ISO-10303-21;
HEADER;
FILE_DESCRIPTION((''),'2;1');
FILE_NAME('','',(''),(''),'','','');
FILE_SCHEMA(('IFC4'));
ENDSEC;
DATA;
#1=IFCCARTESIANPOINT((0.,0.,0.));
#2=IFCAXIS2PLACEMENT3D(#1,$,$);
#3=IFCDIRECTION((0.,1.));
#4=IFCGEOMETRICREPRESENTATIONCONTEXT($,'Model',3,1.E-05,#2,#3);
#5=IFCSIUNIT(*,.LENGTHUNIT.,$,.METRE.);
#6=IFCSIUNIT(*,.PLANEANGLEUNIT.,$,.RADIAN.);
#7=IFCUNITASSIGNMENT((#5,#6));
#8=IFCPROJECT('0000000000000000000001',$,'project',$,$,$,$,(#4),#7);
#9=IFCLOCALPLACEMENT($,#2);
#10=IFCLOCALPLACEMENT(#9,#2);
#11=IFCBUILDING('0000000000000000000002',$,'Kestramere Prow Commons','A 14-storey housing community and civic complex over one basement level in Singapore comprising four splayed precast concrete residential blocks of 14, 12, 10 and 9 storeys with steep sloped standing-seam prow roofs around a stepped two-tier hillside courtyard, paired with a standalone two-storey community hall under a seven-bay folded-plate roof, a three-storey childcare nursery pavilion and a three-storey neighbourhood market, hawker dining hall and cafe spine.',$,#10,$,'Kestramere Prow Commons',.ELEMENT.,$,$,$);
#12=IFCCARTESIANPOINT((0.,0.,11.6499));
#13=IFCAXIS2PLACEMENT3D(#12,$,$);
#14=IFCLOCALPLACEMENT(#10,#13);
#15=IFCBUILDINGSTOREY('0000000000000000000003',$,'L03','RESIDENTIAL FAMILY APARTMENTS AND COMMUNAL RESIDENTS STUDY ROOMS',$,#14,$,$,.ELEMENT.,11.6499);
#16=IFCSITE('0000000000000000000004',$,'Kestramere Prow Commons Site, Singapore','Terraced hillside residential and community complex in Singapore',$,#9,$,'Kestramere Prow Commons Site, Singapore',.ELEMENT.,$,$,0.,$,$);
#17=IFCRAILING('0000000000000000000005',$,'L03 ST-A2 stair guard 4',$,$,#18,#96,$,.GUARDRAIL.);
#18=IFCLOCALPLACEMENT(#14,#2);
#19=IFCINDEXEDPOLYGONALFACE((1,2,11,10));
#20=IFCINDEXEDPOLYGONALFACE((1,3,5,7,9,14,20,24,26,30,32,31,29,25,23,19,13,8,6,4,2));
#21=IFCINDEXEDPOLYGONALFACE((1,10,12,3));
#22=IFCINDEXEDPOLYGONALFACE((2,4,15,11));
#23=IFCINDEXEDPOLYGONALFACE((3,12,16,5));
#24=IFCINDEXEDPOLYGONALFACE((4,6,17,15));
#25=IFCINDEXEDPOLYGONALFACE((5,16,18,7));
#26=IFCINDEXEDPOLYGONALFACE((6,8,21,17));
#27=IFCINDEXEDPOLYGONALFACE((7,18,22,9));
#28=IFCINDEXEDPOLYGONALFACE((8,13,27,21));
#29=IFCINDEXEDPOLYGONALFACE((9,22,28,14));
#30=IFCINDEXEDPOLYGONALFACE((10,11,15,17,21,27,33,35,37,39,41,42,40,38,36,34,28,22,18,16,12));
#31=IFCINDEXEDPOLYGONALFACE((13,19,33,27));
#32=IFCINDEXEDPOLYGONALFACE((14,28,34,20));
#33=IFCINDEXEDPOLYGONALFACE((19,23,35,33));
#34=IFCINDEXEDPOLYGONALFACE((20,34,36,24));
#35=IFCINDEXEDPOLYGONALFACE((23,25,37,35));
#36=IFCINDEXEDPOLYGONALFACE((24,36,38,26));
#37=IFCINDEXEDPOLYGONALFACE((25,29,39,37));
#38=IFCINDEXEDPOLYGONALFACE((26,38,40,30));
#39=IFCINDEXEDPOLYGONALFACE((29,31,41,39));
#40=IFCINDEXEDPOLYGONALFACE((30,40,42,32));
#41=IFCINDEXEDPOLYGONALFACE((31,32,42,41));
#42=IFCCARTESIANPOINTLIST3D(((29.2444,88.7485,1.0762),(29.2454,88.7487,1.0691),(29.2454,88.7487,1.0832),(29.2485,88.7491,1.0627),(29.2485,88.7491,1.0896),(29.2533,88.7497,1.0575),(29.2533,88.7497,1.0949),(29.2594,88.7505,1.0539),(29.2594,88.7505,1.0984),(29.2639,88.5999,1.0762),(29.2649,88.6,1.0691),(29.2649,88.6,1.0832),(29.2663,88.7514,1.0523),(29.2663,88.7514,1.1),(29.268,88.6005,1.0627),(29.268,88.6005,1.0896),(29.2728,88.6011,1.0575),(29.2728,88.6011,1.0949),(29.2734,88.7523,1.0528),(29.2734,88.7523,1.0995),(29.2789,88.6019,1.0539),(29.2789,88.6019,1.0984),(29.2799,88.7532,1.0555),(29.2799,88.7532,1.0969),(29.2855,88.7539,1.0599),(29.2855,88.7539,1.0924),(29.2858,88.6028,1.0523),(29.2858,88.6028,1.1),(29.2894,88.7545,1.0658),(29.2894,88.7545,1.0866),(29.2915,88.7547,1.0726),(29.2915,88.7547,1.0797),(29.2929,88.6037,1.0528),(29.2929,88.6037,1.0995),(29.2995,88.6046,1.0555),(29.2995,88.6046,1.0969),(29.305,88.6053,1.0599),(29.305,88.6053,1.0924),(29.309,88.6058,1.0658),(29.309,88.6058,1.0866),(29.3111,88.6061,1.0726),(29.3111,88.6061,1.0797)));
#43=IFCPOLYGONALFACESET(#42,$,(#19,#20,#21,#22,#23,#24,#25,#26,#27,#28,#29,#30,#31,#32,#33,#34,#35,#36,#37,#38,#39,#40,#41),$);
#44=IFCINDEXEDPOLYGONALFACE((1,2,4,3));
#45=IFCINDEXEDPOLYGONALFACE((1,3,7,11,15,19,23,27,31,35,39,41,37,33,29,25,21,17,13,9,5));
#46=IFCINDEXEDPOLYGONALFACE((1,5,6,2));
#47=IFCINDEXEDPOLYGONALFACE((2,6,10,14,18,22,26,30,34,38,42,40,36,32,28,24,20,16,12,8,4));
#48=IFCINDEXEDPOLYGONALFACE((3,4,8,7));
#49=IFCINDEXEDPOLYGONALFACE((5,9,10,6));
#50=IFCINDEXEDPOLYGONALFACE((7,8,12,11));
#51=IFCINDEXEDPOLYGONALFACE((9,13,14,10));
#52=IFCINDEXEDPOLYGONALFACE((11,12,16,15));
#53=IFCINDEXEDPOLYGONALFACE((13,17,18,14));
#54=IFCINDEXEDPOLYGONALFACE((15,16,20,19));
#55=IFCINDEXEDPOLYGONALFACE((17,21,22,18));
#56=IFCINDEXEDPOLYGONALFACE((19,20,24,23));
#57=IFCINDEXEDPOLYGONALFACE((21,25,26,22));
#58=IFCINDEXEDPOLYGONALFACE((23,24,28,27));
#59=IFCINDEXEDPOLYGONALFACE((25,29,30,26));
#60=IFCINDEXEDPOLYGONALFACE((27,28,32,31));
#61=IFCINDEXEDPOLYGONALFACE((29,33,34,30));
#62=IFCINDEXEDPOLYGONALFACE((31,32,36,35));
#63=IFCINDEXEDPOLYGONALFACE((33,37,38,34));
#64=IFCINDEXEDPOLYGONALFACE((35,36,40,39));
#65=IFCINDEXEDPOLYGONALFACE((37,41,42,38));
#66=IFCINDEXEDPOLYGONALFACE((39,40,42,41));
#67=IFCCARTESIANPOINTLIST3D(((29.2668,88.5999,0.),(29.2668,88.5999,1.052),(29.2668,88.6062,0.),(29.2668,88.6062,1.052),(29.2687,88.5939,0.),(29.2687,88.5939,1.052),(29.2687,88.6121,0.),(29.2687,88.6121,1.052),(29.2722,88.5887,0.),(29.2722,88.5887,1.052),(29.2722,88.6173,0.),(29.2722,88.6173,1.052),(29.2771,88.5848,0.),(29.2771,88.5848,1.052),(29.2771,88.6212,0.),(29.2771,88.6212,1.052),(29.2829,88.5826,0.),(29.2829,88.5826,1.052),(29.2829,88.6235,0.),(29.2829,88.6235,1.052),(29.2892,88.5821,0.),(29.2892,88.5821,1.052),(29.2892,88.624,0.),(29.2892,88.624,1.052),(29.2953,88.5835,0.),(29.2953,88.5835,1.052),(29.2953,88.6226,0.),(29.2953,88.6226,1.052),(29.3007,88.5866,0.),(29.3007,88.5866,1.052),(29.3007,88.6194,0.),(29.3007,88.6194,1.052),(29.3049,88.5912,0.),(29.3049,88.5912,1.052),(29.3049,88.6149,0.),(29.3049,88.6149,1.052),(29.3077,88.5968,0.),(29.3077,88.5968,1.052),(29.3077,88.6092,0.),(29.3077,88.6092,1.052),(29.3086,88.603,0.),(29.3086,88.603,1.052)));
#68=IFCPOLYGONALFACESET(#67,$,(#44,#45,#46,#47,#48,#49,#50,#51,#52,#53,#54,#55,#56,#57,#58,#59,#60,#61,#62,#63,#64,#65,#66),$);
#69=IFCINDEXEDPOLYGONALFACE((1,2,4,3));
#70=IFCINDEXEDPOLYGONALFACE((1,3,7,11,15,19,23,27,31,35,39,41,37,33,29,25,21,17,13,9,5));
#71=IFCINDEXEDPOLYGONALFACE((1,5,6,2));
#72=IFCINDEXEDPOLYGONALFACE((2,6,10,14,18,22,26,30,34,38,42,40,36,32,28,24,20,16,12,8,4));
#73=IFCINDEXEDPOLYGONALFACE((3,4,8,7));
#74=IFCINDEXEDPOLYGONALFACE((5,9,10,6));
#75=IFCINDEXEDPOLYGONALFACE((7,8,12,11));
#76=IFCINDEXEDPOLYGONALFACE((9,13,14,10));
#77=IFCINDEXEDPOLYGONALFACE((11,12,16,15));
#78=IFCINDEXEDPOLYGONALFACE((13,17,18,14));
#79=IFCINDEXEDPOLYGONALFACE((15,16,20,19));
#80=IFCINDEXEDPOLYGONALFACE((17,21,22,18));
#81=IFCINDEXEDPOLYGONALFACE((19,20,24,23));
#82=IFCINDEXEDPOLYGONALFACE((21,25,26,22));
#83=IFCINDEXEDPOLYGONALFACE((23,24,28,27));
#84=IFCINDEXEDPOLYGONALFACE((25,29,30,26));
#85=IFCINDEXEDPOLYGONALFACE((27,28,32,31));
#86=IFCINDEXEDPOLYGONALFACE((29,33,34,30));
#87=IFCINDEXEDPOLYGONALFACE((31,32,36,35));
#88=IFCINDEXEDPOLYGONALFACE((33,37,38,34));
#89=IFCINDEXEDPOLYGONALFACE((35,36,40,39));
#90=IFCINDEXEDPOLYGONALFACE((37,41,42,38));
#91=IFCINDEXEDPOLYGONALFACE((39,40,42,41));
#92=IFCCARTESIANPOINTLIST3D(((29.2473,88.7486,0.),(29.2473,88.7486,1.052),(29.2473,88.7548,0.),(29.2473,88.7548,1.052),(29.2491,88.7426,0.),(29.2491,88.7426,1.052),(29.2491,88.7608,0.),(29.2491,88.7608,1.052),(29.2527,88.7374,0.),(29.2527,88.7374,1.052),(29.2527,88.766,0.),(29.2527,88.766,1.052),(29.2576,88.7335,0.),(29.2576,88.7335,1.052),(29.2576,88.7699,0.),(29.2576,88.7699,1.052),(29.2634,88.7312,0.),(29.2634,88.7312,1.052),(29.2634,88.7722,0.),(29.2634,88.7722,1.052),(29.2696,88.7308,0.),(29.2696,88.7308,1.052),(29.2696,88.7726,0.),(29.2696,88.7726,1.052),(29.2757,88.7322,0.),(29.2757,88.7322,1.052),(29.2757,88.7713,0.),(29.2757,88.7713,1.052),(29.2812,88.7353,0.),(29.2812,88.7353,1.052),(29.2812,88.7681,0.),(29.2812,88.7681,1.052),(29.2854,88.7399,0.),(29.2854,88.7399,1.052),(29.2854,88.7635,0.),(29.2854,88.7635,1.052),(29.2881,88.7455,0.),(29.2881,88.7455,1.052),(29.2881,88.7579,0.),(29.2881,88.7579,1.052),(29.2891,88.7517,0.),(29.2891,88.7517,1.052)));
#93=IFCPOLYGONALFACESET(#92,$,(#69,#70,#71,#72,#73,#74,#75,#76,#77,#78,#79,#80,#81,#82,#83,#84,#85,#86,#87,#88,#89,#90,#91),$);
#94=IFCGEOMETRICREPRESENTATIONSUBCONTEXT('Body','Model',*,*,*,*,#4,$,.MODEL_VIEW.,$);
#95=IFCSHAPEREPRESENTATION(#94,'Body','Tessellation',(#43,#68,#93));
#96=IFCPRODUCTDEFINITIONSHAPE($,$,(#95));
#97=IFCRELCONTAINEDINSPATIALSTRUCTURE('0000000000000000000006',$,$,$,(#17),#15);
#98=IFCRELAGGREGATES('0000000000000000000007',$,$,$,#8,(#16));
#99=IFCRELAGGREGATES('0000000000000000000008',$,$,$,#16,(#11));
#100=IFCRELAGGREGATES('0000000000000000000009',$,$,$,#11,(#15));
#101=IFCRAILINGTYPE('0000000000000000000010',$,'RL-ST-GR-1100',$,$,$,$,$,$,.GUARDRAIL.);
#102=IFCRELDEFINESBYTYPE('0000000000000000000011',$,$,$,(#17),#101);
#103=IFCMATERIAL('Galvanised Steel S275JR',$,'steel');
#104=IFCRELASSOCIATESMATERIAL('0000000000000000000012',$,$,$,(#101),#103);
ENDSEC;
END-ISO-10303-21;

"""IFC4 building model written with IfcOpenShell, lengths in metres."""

from ifc_helpers import new_model, si_unit, direction, frame, origin, origin_2d, place, context, subcontext, project, spatial, circle, extrude, material, type_object, element, save


model = new_model("IFC4")

# Units and contexts
model_context = context("Model", 3, precision=1e-05, world=origin(), true_north=direction((0.0, 1.0)))
body_context = subcontext(model_context, "Body", "Model", "MODEL_VIEW")
ifc_project = project(units=[si_unit("LENGTHUNIT", "METRE"), si_unit("PLANEANGLEUNIT", "RADIAN")], contexts=[model_context])

# Site, building, storey
site_placement = place(None, origin())
site = spatial("IfcSite", under=ifc_project, at=site_placement, Name="Kestramere Prow Commons Site, Singapore", Description="Terraced hillside residential and community complex in Singapore", LongName="Kestramere Prow Commons Site, Singapore", CompositionType="ELEMENT", RefElevation=0.0)
building_placement = place(site_placement, origin())
building = spatial("IfcBuilding", under=site, at=building_placement, Name="Kestramere Prow Commons", Description="A 14-storey housing community and civic complex over one basement level in Singapore comprising four splayed precast concrete residential blocks of 14, 12, 10 and 9 storeys with steep sloped standing-seam prow roofs around a stepped two-tier hillside courtyard, paired with a standalone two-storey community hall under a seven-bay folded-plate roof, a three-storey childcare nursery pavilion and a three-storey neighbourhood market, hawker dining hall and cafe spine.", LongName="Kestramere Prow Commons", CompositionType="ELEMENT")
storey_placement = place(building_placement, frame((0.0, 0.0, 11.6499)))
storey = spatial("IfcBuildingStorey", under=building, at=storey_placement, Name="L03", Description="RESIDENTIAL FAMILY APARTMENTS AND COMMUNAL RESIDENTS STUDY ROOMS", CompositionType="ELEMENT", Elevation=11.6499)

# Railing
ifc_material_1 = material(Name="Galvanised Steel S275JR", Category="steel")
railing_type_1 = type_object("IfcRailingType", Name="RL-ST-GR-1100", PredefinedType="GUARDRAIL", material=ifc_material_1)
railing_1_placement = place(storey_placement, frame((29.2876, 88.603, 0.0)))
element("IfcRailing", 1, at=railing_1_placement, inside=storey, type_object=railing_type_1, Name="L03 ST-A2 stair guard 4", PredefinedType="GUARDRAIL", context=body_context, shape_type="SweptSolid", body=[
    extrude(circle(Radius=0.0239, at=origin_2d()), frame((0.0, 0.0, 1.0762), z_axis=(-0.130244, 0.991482, 0.0), x_axis=(-0.991482, -0.130244, 0.0)), (0.0, 0.0, 1.0), 0.1499),
    extrude(circle(Radius=0.021, at=origin_2d()), origin(), (0.0, 0.0, 1.0), 1.052),
    extrude(circle(Radius=0.021, at=origin_2d()), frame((-0.0195, 0.1487, 0.0)), (0.0, 0.0, 1.0), 1.052),
])

save(model, "model.ifc")
